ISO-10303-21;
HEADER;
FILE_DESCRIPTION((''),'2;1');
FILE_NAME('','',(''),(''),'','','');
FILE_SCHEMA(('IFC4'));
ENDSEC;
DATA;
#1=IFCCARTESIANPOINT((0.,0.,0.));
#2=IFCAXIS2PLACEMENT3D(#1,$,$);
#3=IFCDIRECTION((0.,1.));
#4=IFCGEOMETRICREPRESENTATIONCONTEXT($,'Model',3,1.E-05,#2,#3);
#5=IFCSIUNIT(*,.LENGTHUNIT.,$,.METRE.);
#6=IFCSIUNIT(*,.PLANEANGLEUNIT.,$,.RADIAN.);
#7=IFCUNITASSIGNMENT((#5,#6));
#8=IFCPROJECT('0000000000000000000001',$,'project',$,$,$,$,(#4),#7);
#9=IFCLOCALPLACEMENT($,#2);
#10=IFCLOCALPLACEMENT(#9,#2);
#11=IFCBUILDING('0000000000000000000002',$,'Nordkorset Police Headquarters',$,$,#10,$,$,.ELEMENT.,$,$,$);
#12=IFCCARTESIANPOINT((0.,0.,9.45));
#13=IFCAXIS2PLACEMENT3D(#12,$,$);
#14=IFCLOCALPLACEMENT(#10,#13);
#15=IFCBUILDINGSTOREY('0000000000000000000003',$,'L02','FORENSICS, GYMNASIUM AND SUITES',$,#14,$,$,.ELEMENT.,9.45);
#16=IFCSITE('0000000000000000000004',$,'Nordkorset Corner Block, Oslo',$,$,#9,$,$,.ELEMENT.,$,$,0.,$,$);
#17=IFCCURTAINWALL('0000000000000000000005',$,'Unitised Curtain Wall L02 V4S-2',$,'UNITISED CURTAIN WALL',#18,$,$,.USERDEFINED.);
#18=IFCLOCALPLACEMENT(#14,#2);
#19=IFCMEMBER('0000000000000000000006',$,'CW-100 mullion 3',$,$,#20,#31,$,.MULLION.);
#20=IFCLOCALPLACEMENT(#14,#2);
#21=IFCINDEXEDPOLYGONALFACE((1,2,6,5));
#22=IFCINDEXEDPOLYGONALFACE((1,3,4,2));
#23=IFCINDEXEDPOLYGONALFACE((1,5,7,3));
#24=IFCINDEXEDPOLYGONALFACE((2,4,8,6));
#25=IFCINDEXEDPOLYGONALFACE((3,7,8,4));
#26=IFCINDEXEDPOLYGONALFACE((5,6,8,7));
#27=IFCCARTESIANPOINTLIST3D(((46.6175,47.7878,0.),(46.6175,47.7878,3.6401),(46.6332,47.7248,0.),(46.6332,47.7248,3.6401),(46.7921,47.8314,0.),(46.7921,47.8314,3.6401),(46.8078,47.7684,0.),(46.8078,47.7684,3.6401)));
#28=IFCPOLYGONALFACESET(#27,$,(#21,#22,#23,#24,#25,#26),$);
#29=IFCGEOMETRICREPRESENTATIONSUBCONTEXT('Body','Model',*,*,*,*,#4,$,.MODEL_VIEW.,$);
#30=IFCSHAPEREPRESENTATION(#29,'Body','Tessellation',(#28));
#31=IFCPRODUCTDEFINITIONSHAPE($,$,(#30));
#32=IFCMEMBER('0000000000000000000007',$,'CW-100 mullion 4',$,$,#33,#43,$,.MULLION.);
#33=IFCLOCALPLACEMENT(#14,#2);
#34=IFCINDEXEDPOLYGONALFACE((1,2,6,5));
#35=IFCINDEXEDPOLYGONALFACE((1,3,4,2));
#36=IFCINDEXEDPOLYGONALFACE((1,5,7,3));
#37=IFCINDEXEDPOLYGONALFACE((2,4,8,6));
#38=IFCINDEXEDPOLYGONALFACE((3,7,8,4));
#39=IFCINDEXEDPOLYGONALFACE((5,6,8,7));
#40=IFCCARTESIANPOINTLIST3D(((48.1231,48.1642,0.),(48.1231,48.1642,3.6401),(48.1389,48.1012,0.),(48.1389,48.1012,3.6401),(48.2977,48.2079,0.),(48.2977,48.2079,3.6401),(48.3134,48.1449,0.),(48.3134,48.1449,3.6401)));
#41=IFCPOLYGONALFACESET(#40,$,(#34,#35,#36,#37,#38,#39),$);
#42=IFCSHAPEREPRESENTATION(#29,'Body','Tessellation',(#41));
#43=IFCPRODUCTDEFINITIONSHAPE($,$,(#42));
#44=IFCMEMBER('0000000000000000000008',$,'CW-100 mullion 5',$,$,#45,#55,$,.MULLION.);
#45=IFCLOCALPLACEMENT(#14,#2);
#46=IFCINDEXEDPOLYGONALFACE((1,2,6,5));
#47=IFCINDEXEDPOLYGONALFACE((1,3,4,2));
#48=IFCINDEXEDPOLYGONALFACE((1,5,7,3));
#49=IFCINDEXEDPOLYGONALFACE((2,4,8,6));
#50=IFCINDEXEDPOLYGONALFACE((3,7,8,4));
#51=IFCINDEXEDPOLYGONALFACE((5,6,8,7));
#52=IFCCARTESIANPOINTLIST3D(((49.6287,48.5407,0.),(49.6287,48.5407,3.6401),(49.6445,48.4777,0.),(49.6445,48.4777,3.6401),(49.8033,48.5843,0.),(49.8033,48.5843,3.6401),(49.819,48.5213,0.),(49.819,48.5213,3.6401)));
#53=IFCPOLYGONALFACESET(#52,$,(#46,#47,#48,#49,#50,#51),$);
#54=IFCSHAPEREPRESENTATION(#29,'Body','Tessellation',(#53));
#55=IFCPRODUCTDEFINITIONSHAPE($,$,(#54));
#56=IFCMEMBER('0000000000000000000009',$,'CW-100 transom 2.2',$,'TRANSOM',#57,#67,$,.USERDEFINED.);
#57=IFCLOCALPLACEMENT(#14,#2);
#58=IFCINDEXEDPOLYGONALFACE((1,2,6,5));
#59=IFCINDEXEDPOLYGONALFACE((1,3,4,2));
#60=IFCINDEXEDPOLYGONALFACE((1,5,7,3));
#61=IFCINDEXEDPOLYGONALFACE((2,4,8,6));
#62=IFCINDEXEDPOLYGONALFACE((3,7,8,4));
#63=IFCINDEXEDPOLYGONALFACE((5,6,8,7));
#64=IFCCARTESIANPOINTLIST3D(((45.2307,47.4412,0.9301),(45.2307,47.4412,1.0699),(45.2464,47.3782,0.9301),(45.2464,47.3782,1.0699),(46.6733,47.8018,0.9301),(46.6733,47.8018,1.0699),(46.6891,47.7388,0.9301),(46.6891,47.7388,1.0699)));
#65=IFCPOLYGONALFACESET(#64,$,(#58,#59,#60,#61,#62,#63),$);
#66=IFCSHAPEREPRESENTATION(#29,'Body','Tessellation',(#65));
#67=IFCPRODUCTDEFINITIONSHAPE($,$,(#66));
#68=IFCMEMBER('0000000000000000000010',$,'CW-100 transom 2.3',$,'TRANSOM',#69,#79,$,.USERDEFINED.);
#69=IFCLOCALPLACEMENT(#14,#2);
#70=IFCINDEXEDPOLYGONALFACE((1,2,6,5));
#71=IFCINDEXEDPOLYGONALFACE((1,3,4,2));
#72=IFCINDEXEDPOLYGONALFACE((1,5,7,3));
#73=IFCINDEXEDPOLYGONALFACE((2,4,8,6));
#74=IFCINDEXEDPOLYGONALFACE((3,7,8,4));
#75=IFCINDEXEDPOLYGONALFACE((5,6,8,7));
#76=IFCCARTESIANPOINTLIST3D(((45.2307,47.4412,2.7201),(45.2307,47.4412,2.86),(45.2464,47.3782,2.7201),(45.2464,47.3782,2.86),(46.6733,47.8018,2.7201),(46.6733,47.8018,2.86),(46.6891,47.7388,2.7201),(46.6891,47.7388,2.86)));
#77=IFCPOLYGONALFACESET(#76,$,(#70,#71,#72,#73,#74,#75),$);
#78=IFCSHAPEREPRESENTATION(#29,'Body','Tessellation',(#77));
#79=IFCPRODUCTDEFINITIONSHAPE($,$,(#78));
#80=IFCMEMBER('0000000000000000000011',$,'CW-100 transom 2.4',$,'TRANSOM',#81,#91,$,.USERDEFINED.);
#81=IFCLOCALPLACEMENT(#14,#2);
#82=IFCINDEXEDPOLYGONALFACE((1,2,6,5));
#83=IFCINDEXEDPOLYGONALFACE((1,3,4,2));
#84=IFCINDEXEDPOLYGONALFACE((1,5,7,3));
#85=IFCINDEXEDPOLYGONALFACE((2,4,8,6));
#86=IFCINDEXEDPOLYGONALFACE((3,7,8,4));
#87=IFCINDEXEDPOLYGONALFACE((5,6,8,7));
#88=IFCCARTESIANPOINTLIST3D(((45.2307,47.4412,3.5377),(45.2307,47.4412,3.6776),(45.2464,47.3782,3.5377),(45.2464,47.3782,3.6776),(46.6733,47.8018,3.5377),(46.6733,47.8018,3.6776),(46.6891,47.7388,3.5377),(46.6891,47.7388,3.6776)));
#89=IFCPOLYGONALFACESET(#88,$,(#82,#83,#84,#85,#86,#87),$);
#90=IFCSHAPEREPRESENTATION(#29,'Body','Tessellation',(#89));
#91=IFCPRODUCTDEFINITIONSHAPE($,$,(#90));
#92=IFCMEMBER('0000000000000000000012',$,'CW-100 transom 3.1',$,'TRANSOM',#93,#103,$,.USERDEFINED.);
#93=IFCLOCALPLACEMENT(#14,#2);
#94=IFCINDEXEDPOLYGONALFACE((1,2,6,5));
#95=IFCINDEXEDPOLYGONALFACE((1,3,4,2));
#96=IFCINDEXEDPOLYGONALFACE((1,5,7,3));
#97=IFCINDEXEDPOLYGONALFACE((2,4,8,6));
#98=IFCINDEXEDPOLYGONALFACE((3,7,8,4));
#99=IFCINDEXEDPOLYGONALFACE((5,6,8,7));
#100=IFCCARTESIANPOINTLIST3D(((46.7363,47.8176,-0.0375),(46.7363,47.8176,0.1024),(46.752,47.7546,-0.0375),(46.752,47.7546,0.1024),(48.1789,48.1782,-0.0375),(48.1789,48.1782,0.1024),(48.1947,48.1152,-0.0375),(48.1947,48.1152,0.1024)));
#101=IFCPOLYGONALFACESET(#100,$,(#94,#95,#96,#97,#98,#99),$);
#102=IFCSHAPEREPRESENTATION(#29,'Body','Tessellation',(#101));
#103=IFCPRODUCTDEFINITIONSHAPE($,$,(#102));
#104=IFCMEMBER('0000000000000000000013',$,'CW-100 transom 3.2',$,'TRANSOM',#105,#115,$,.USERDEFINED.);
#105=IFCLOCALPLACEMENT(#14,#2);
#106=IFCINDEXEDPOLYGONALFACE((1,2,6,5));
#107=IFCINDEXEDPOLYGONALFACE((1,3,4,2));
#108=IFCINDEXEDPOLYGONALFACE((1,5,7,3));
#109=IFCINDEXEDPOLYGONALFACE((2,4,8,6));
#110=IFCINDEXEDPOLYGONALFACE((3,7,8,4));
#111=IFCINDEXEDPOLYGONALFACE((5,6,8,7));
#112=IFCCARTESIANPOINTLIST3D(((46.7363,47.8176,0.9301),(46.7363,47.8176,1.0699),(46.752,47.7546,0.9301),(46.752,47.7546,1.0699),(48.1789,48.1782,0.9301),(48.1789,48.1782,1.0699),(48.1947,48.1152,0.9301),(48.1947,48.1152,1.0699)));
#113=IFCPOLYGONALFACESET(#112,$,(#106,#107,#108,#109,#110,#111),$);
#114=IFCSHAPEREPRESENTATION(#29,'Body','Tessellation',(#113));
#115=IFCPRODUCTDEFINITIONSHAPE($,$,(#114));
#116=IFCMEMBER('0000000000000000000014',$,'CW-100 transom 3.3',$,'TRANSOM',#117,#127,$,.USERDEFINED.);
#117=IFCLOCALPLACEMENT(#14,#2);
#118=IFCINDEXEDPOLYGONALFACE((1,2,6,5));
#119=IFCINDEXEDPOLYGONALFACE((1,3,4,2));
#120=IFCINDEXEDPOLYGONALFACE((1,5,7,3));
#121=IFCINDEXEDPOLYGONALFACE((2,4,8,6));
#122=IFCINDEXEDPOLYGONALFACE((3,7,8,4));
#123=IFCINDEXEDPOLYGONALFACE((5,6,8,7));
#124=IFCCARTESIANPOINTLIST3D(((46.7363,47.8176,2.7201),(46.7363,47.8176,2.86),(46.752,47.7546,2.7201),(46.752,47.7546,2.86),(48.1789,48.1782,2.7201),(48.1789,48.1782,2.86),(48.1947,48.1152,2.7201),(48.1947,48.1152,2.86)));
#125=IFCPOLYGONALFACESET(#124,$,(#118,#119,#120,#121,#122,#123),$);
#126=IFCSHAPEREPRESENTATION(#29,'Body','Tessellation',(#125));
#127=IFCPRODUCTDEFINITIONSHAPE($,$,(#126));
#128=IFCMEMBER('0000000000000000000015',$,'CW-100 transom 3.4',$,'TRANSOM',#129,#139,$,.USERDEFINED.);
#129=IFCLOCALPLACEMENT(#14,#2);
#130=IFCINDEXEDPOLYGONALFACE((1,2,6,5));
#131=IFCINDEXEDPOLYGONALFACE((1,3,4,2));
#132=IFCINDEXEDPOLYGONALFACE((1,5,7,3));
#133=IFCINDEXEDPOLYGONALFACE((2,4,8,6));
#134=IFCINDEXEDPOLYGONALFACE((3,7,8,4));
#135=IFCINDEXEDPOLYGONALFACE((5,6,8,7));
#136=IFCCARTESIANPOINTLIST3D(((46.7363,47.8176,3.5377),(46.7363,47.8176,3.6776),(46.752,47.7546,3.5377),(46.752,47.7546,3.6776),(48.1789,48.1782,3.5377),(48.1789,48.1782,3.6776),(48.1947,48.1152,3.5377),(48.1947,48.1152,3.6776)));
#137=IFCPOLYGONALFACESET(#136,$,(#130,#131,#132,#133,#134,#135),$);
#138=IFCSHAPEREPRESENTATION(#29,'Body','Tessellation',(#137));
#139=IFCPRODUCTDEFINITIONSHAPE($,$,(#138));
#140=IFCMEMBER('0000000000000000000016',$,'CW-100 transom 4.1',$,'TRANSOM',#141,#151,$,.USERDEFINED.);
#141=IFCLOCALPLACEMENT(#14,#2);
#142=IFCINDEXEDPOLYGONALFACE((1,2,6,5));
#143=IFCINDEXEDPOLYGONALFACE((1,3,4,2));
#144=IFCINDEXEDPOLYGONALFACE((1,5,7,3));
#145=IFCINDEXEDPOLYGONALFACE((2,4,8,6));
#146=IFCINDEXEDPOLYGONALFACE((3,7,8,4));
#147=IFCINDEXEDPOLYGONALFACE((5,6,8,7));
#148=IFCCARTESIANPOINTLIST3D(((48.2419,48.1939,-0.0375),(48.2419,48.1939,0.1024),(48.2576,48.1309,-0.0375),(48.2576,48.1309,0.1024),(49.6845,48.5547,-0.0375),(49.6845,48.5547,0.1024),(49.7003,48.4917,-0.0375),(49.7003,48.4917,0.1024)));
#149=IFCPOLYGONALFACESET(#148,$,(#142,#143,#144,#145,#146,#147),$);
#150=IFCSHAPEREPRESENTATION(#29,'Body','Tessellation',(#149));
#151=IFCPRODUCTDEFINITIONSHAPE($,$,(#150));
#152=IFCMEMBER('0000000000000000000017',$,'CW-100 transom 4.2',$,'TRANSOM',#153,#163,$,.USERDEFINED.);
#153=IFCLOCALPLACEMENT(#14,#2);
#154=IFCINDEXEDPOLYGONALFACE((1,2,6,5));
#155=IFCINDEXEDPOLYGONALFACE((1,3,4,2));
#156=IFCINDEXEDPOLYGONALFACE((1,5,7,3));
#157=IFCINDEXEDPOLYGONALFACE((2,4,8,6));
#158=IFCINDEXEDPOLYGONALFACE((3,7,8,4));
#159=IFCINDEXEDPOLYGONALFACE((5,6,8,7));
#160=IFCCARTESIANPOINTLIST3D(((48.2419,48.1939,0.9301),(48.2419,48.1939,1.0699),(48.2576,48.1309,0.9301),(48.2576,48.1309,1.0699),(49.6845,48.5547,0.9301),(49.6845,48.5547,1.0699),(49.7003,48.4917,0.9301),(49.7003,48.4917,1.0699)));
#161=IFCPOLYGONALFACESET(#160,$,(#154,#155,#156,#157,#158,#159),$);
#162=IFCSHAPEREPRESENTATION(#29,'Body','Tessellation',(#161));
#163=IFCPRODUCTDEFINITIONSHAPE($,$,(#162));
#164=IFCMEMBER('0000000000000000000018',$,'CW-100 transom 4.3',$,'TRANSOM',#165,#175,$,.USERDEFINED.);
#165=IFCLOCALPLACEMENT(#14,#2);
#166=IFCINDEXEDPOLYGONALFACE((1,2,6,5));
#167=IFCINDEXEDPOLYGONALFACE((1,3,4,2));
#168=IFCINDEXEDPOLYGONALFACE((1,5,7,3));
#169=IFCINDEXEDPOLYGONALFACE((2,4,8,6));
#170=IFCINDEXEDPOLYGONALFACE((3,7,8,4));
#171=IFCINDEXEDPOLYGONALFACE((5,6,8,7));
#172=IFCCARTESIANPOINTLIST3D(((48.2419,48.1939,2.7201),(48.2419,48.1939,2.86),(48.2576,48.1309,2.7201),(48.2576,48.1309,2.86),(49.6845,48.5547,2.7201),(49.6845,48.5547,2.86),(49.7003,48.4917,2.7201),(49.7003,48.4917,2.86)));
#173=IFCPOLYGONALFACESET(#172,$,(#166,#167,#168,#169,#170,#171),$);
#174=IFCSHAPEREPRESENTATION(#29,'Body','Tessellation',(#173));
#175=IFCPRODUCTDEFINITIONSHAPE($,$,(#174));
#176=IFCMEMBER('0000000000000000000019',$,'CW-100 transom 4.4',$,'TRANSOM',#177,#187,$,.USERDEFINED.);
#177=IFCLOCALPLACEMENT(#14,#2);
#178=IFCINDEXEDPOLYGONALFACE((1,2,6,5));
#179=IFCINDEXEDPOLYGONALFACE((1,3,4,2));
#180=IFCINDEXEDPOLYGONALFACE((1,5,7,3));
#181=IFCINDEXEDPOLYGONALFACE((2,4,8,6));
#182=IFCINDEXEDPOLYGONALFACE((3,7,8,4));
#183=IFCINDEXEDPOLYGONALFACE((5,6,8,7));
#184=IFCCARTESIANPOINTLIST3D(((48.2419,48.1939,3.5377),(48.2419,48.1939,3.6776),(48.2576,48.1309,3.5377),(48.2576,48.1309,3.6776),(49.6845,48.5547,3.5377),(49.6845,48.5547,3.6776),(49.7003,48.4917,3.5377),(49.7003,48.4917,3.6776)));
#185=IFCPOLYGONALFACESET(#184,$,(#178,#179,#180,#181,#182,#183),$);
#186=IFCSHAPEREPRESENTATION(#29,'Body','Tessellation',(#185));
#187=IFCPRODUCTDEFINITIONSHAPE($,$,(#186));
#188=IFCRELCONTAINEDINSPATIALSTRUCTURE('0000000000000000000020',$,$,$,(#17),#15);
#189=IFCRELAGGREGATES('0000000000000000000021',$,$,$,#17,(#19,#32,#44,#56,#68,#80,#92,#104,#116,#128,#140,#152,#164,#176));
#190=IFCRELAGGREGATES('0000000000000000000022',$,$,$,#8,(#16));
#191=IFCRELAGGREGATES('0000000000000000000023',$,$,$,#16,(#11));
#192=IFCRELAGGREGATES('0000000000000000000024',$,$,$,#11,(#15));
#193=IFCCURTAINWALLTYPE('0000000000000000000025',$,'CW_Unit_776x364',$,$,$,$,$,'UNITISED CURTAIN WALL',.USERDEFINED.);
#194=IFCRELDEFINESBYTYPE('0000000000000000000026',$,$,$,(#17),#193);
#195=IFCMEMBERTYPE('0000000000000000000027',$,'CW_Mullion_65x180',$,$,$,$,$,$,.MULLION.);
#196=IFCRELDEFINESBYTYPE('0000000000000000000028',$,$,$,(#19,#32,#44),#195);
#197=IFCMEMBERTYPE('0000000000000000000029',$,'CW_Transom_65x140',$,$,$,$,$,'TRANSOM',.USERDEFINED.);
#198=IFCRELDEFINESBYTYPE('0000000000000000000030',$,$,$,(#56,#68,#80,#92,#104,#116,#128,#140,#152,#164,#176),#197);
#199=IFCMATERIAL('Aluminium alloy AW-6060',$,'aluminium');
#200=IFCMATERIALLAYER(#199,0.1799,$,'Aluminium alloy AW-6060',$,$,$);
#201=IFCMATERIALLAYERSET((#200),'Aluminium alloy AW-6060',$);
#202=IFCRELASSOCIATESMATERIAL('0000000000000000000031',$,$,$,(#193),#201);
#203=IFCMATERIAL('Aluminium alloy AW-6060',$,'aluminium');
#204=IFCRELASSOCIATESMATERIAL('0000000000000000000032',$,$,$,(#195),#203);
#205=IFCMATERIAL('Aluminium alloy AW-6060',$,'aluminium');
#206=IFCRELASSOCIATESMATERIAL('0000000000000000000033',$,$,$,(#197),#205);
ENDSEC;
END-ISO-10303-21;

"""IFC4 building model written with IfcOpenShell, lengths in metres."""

from ifc_helpers import new_model, si_unit, direction, frame, origin, origin_2d, place, context, subcontext, project, spatial, rectangle, extrude, material, layer, layer_set, material_profile, profile_set, type_object, element, aggregate, save


model = new_model("IFC4")

# Units and contexts
model_context = context("Model", 3, precision=1e-05, world=origin(), true_north=direction((0.0, 1.0)))
body_context = subcontext(model_context, "Body", "Model", "MODEL_VIEW")
ifc_project = project(units=[si_unit("LENGTHUNIT", "METRE"), si_unit("PLANEANGLEUNIT", "RADIAN")], contexts=[model_context])

# Site, building, storey
site_placement = place(None, origin())
site = spatial("IfcSite", under=ifc_project, at=site_placement, Name="Nordkorset Corner Block, Oslo", CompositionType="ELEMENT", RefElevation=0.0)
building_placement = place(site_placement, origin())
building = spatial("IfcBuilding", under=site, at=building_placement, Name="Nordkorset Police Headquarters", CompositionType="ELEMENT")
storey_placement = place(building_placement, frame((0.0, 0.0, 9.45)))
storey = spatial("IfcBuildingStorey", under=building, at=storey_placement, Name="L02", Description="FORENSICS, GYMNASIUM AND SUITES", CompositionType="ELEMENT", Elevation=9.45)

# Curtain wall, members
ifc_material_1 = material(Name="Aluminium alloy AW-6060", Category="aluminium")
ifc_layer_1 = layer(ifc_material_1, 0.1799, Name="Aluminium alloy AW-6060")
ifc_layer_set_1 = layer_set([ifc_layer_1], Name="Aluminium alloy AW-6060")
curtain_wall_type = type_object("IfcCurtainWallType", Name="CW_Unit_776x364", ElementType="UNITISED CURTAIN WALL", PredefinedType="USERDEFINED", material=ifc_layer_set_1)
curtain_wall_placement = place(storey_placement, origin())
curtain_wall = element("IfcCurtainWall", 1, at=curtain_wall_placement, inside=storey, type_object=curtain_wall_type, Name="Unitised Curtain Wall L02 V4S-2", ObjectType="UNITISED CURTAIN WALL", PredefinedType="USERDEFINED")
ifc_material_2 = material(Name="Aluminium alloy AW-6060", Category="aluminium")
ifc_material_profile_1 = material_profile(ifc_material_2, rectangle(XDim=0.0649, YDim=0.1799, at=origin_2d()), Name="ALU MULL 65x180")
ifc_profile_set_1 = profile_set([ifc_material_profile_1], Name="Aluminium alloy AW-6060")
member_type_1 = type_object("IfcMemberType", Name="CW_Mullion_65x180", PredefinedType="MULLION", material=ifc_profile_set_1)
member_1_placement = place(storey_placement, frame((46.7126, 47.7781, 0.0), z_axis=(0.0, 0.0, 1.0), x_axis=(-0.242535, 0.970143, 0.0)))
member_1 = element("IfcMember", 2, at=member_1_placement, type_object=member_type_1, Name="CW-100 mullion 3", PredefinedType="MULLION", context=body_context, shape_type="SweptSolid", body=[
    extrude(rectangle(XDim=0.0649, YDim=0.1799, at=origin_2d()), origin(), (0.0, 0.0, 1.0), 3.6401),
])
member_2_placement = place(storey_placement, frame((48.2183, 48.1545, 0.0), z_axis=(0.0, 0.0, 1.0), x_axis=(-0.242535, 0.970143, 0.0)))
member_2 = element("IfcMember", 3, at=member_2_placement, type_object=member_type_1, Name="CW-100 mullion 4", PredefinedType="MULLION", context=body_context, shape_type="SweptSolid", body=[
    extrude(rectangle(XDim=0.0649, YDim=0.1799, at=origin_2d()), origin(), (0.0, 0.0, 1.0), 3.6401),
])
member_3_placement = place(storey_placement, frame((49.7239, 48.531, 0.0), z_axis=(0.0, 0.0, 1.0), x_axis=(-0.242535, 0.970143, 0.0)))
member_3 = element("IfcMember", 4, at=member_3_placement, type_object=member_type_1, Name="CW-100 mullion 5", PredefinedType="MULLION", context=body_context, shape_type="SweptSolid", body=[
    extrude(rectangle(XDim=0.0649, YDim=0.1799, at=origin_2d()), origin(), (0.0, 0.0, 1.0), 3.6401),
])
ifc_material_3 = material(Name="Aluminium alloy AW-6060", Category="aluminium")
ifc_material_profile_2 = material_profile(ifc_material_3, rectangle(XDim=0.0649, YDim=0.1399, at=origin_2d()), Name="ALU TRAN 65x140")
ifc_profile_set_2 = profile_set([ifc_material_profile_2], Name="Aluminium alloy AW-6060")
member_type_2 = type_object("IfcMemberType", Name="CW_Transom_65x140", ElementType="TRANSOM", PredefinedType="USERDEFINED", material=ifc_profile_set_2)
member_4_placement = place(storey_placement, frame((45.2385, 47.4097, 1.0), z_axis=(0.970152, 0.242497, 0.0), x_axis=(-0.242497, 0.970152, 0.0)))
member_4 = element("IfcMember", 5, at=member_4_placement, type_object=member_type_2, Name="CW-100 transom 2.2", ObjectType="TRANSOM", PredefinedType="USERDEFINED", context=body_context, shape_type="SweptSolid", body=[
    extrude(rectangle(XDim=0.0649, YDim=0.1399, at=origin_2d()), origin(), (0.0, 0.0, 1.0), 1.4871),
])
member_5_placement = place(storey_placement, frame((45.2385, 47.4097, 2.79), z_axis=(0.970152, 0.242497, 0.0), x_axis=(-0.242497, 0.970152, 0.0)))
member_5 = element("IfcMember", 6, at=member_5_placement, type_object=member_type_2, Name="CW-100 transom 2.3", ObjectType="TRANSOM", PredefinedType="USERDEFINED", context=body_context, shape_type="SweptSolid", body=[
    extrude(rectangle(XDim=0.0649, YDim=0.1399, at=origin_2d()), origin(), (0.0, 0.0, 1.0), 1.4871),
])
member_6_placement = place(storey_placement, frame((45.2385, 47.4097, 3.6077), z_axis=(0.970152, 0.242497, 0.0), x_axis=(-0.242497, 0.970152, 0.0)))
member_6 = element("IfcMember", 7, at=member_6_placement, type_object=member_type_2, Name="CW-100 transom 2.4", ObjectType="TRANSOM", PredefinedType="USERDEFINED", context=body_context, shape_type="SweptSolid", body=[
    extrude(rectangle(XDim=0.0649, YDim=0.1399, at=origin_2d()), origin(), (0.0, 0.0, 1.0), 1.4871),
])
member_7_placement = place(storey_placement, frame((46.7441, 47.7861, 0.0325), z_axis=(0.970152, 0.242497, 0.0), x_axis=(-0.242497, 0.970152, 0.0)))
member_7 = element("IfcMember", 8, at=member_7_placement, type_object=member_type_2, Name="CW-100 transom 3.1", ObjectType="TRANSOM", PredefinedType="USERDEFINED", context=body_context, shape_type="SweptSolid", body=[
    extrude(rectangle(XDim=0.0649, YDim=0.1399, at=origin_2d()), origin(), (0.0, 0.0, 1.0), 1.4871),
])
member_8_placement = place(storey_placement, frame((46.7441, 47.7861, 1.0), z_axis=(0.970152, 0.242497, 0.0), x_axis=(-0.242497, 0.970152, 0.0)))
member_8 = element("IfcMember", 9, at=member_8_placement, type_object=member_type_2, Name="CW-100 transom 3.2", ObjectType="TRANSOM", PredefinedType="USERDEFINED", context=body_context, shape_type="SweptSolid", body=[
    extrude(rectangle(XDim=0.0649, YDim=0.1399, at=origin_2d()), origin(), (0.0, 0.0, 1.0), 1.4871),
])
member_9_placement = place(storey_placement, frame((46.7441, 47.7861, 2.79), z_axis=(0.970152, 0.242497, 0.0), x_axis=(-0.242497, 0.970152, 0.0)))
member_9 = element("IfcMember", 10, at=member_9_placement, type_object=member_type_2, Name="CW-100 transom 3.3", ObjectType="TRANSOM", PredefinedType="USERDEFINED", context=body_context, shape_type="SweptSolid", body=[
    extrude(rectangle(XDim=0.0649, YDim=0.1399, at=origin_2d()), origin(), (0.0, 0.0, 1.0), 1.4871),
])
member_10_placement = place(storey_placement, frame((46.7441, 47.7861, 3.6077), z_axis=(0.970152, 0.242497, 0.0), x_axis=(-0.242497, 0.970152, 0.0)))
member_10 = element("IfcMember", 11, at=member_10_placement, type_object=member_type_2, Name="CW-100 transom 3.4", ObjectType="TRANSOM", PredefinedType="USERDEFINED", context=body_context, shape_type="SweptSolid", body=[
    extrude(rectangle(XDim=0.0649, YDim=0.1399, at=origin_2d()), origin(), (0.0, 0.0, 1.0), 1.4871),
])
member_11_placement = place(storey_placement, frame((48.2498, 48.1624, 0.0325), z_axis=(0.970114, 0.242652, 0.0), x_axis=(-0.242652, 0.970114, 0.0)))
member_11 = element("IfcMember", 12, at=member_11_placement, type_object=member_type_2, Name="CW-100 transom 4.1", ObjectType="TRANSOM", PredefinedType="USERDEFINED", context=body_context, shape_type="SweptSolid", body=[
    extrude(rectangle(XDim=0.0649, YDim=0.1399, at=origin_2d()), origin(), (0.0, 0.0, 1.0), 1.4871),
])
member_12_placement = place(storey_placement, frame((48.2498, 48.1624, 1.0), z_axis=(0.970114, 0.242652, 0.0), x_axis=(-0.242652, 0.970114, 0.0)))
member_12 = element("IfcMember", 13, at=member_12_placement, type_object=member_type_2, Name="CW-100 transom 4.2", ObjectType="TRANSOM", PredefinedType="USERDEFINED", context=body_context, shape_type="SweptSolid", body=[
    extrude(rectangle(XDim=0.0649, YDim=0.1399, at=origin_2d()), origin(), (0.0, 0.0, 1.0), 1.4871),
])
member_13_placement = place(storey_placement, frame((48.2498, 48.1624, 2.79), z_axis=(0.970114, 0.242652, 0.0), x_axis=(-0.242652, 0.970114, 0.0)))
member_13 = element("IfcMember", 14, at=member_13_placement, type_object=member_type_2, Name="CW-100 transom 4.3", ObjectType="TRANSOM", PredefinedType="USERDEFINED", context=body_context, shape_type="SweptSolid", body=[
    extrude(rectangle(XDim=0.0649, YDim=0.1399, at=origin_2d()), origin(), (0.0, 0.0, 1.0), 1.4871),
])
member_14_placement = place(storey_placement, frame((48.2498, 48.1624, 3.6077), z_axis=(0.970114, 0.242652, 0.0), x_axis=(-0.242652, 0.970114, 0.0)))
member_14 = element("IfcMember", 15, at=member_14_placement, type_object=member_type_2, Name="CW-100 transom 4.4", ObjectType="TRANSOM", PredefinedType="USERDEFINED", context=body_context, shape_type="SweptSolid", body=[
    extrude(rectangle(XDim=0.0649, YDim=0.1399, at=origin_2d()), origin(), (0.0, 0.0, 1.0), 1.4871),
])
aggregate(curtain_wall, [member_1, member_2, member_3, member_4, member_5, member_6, member_7, member_8, member_9, member_10, member_11, member_12, member_13, member_14])

save(model, "model.ifc")
